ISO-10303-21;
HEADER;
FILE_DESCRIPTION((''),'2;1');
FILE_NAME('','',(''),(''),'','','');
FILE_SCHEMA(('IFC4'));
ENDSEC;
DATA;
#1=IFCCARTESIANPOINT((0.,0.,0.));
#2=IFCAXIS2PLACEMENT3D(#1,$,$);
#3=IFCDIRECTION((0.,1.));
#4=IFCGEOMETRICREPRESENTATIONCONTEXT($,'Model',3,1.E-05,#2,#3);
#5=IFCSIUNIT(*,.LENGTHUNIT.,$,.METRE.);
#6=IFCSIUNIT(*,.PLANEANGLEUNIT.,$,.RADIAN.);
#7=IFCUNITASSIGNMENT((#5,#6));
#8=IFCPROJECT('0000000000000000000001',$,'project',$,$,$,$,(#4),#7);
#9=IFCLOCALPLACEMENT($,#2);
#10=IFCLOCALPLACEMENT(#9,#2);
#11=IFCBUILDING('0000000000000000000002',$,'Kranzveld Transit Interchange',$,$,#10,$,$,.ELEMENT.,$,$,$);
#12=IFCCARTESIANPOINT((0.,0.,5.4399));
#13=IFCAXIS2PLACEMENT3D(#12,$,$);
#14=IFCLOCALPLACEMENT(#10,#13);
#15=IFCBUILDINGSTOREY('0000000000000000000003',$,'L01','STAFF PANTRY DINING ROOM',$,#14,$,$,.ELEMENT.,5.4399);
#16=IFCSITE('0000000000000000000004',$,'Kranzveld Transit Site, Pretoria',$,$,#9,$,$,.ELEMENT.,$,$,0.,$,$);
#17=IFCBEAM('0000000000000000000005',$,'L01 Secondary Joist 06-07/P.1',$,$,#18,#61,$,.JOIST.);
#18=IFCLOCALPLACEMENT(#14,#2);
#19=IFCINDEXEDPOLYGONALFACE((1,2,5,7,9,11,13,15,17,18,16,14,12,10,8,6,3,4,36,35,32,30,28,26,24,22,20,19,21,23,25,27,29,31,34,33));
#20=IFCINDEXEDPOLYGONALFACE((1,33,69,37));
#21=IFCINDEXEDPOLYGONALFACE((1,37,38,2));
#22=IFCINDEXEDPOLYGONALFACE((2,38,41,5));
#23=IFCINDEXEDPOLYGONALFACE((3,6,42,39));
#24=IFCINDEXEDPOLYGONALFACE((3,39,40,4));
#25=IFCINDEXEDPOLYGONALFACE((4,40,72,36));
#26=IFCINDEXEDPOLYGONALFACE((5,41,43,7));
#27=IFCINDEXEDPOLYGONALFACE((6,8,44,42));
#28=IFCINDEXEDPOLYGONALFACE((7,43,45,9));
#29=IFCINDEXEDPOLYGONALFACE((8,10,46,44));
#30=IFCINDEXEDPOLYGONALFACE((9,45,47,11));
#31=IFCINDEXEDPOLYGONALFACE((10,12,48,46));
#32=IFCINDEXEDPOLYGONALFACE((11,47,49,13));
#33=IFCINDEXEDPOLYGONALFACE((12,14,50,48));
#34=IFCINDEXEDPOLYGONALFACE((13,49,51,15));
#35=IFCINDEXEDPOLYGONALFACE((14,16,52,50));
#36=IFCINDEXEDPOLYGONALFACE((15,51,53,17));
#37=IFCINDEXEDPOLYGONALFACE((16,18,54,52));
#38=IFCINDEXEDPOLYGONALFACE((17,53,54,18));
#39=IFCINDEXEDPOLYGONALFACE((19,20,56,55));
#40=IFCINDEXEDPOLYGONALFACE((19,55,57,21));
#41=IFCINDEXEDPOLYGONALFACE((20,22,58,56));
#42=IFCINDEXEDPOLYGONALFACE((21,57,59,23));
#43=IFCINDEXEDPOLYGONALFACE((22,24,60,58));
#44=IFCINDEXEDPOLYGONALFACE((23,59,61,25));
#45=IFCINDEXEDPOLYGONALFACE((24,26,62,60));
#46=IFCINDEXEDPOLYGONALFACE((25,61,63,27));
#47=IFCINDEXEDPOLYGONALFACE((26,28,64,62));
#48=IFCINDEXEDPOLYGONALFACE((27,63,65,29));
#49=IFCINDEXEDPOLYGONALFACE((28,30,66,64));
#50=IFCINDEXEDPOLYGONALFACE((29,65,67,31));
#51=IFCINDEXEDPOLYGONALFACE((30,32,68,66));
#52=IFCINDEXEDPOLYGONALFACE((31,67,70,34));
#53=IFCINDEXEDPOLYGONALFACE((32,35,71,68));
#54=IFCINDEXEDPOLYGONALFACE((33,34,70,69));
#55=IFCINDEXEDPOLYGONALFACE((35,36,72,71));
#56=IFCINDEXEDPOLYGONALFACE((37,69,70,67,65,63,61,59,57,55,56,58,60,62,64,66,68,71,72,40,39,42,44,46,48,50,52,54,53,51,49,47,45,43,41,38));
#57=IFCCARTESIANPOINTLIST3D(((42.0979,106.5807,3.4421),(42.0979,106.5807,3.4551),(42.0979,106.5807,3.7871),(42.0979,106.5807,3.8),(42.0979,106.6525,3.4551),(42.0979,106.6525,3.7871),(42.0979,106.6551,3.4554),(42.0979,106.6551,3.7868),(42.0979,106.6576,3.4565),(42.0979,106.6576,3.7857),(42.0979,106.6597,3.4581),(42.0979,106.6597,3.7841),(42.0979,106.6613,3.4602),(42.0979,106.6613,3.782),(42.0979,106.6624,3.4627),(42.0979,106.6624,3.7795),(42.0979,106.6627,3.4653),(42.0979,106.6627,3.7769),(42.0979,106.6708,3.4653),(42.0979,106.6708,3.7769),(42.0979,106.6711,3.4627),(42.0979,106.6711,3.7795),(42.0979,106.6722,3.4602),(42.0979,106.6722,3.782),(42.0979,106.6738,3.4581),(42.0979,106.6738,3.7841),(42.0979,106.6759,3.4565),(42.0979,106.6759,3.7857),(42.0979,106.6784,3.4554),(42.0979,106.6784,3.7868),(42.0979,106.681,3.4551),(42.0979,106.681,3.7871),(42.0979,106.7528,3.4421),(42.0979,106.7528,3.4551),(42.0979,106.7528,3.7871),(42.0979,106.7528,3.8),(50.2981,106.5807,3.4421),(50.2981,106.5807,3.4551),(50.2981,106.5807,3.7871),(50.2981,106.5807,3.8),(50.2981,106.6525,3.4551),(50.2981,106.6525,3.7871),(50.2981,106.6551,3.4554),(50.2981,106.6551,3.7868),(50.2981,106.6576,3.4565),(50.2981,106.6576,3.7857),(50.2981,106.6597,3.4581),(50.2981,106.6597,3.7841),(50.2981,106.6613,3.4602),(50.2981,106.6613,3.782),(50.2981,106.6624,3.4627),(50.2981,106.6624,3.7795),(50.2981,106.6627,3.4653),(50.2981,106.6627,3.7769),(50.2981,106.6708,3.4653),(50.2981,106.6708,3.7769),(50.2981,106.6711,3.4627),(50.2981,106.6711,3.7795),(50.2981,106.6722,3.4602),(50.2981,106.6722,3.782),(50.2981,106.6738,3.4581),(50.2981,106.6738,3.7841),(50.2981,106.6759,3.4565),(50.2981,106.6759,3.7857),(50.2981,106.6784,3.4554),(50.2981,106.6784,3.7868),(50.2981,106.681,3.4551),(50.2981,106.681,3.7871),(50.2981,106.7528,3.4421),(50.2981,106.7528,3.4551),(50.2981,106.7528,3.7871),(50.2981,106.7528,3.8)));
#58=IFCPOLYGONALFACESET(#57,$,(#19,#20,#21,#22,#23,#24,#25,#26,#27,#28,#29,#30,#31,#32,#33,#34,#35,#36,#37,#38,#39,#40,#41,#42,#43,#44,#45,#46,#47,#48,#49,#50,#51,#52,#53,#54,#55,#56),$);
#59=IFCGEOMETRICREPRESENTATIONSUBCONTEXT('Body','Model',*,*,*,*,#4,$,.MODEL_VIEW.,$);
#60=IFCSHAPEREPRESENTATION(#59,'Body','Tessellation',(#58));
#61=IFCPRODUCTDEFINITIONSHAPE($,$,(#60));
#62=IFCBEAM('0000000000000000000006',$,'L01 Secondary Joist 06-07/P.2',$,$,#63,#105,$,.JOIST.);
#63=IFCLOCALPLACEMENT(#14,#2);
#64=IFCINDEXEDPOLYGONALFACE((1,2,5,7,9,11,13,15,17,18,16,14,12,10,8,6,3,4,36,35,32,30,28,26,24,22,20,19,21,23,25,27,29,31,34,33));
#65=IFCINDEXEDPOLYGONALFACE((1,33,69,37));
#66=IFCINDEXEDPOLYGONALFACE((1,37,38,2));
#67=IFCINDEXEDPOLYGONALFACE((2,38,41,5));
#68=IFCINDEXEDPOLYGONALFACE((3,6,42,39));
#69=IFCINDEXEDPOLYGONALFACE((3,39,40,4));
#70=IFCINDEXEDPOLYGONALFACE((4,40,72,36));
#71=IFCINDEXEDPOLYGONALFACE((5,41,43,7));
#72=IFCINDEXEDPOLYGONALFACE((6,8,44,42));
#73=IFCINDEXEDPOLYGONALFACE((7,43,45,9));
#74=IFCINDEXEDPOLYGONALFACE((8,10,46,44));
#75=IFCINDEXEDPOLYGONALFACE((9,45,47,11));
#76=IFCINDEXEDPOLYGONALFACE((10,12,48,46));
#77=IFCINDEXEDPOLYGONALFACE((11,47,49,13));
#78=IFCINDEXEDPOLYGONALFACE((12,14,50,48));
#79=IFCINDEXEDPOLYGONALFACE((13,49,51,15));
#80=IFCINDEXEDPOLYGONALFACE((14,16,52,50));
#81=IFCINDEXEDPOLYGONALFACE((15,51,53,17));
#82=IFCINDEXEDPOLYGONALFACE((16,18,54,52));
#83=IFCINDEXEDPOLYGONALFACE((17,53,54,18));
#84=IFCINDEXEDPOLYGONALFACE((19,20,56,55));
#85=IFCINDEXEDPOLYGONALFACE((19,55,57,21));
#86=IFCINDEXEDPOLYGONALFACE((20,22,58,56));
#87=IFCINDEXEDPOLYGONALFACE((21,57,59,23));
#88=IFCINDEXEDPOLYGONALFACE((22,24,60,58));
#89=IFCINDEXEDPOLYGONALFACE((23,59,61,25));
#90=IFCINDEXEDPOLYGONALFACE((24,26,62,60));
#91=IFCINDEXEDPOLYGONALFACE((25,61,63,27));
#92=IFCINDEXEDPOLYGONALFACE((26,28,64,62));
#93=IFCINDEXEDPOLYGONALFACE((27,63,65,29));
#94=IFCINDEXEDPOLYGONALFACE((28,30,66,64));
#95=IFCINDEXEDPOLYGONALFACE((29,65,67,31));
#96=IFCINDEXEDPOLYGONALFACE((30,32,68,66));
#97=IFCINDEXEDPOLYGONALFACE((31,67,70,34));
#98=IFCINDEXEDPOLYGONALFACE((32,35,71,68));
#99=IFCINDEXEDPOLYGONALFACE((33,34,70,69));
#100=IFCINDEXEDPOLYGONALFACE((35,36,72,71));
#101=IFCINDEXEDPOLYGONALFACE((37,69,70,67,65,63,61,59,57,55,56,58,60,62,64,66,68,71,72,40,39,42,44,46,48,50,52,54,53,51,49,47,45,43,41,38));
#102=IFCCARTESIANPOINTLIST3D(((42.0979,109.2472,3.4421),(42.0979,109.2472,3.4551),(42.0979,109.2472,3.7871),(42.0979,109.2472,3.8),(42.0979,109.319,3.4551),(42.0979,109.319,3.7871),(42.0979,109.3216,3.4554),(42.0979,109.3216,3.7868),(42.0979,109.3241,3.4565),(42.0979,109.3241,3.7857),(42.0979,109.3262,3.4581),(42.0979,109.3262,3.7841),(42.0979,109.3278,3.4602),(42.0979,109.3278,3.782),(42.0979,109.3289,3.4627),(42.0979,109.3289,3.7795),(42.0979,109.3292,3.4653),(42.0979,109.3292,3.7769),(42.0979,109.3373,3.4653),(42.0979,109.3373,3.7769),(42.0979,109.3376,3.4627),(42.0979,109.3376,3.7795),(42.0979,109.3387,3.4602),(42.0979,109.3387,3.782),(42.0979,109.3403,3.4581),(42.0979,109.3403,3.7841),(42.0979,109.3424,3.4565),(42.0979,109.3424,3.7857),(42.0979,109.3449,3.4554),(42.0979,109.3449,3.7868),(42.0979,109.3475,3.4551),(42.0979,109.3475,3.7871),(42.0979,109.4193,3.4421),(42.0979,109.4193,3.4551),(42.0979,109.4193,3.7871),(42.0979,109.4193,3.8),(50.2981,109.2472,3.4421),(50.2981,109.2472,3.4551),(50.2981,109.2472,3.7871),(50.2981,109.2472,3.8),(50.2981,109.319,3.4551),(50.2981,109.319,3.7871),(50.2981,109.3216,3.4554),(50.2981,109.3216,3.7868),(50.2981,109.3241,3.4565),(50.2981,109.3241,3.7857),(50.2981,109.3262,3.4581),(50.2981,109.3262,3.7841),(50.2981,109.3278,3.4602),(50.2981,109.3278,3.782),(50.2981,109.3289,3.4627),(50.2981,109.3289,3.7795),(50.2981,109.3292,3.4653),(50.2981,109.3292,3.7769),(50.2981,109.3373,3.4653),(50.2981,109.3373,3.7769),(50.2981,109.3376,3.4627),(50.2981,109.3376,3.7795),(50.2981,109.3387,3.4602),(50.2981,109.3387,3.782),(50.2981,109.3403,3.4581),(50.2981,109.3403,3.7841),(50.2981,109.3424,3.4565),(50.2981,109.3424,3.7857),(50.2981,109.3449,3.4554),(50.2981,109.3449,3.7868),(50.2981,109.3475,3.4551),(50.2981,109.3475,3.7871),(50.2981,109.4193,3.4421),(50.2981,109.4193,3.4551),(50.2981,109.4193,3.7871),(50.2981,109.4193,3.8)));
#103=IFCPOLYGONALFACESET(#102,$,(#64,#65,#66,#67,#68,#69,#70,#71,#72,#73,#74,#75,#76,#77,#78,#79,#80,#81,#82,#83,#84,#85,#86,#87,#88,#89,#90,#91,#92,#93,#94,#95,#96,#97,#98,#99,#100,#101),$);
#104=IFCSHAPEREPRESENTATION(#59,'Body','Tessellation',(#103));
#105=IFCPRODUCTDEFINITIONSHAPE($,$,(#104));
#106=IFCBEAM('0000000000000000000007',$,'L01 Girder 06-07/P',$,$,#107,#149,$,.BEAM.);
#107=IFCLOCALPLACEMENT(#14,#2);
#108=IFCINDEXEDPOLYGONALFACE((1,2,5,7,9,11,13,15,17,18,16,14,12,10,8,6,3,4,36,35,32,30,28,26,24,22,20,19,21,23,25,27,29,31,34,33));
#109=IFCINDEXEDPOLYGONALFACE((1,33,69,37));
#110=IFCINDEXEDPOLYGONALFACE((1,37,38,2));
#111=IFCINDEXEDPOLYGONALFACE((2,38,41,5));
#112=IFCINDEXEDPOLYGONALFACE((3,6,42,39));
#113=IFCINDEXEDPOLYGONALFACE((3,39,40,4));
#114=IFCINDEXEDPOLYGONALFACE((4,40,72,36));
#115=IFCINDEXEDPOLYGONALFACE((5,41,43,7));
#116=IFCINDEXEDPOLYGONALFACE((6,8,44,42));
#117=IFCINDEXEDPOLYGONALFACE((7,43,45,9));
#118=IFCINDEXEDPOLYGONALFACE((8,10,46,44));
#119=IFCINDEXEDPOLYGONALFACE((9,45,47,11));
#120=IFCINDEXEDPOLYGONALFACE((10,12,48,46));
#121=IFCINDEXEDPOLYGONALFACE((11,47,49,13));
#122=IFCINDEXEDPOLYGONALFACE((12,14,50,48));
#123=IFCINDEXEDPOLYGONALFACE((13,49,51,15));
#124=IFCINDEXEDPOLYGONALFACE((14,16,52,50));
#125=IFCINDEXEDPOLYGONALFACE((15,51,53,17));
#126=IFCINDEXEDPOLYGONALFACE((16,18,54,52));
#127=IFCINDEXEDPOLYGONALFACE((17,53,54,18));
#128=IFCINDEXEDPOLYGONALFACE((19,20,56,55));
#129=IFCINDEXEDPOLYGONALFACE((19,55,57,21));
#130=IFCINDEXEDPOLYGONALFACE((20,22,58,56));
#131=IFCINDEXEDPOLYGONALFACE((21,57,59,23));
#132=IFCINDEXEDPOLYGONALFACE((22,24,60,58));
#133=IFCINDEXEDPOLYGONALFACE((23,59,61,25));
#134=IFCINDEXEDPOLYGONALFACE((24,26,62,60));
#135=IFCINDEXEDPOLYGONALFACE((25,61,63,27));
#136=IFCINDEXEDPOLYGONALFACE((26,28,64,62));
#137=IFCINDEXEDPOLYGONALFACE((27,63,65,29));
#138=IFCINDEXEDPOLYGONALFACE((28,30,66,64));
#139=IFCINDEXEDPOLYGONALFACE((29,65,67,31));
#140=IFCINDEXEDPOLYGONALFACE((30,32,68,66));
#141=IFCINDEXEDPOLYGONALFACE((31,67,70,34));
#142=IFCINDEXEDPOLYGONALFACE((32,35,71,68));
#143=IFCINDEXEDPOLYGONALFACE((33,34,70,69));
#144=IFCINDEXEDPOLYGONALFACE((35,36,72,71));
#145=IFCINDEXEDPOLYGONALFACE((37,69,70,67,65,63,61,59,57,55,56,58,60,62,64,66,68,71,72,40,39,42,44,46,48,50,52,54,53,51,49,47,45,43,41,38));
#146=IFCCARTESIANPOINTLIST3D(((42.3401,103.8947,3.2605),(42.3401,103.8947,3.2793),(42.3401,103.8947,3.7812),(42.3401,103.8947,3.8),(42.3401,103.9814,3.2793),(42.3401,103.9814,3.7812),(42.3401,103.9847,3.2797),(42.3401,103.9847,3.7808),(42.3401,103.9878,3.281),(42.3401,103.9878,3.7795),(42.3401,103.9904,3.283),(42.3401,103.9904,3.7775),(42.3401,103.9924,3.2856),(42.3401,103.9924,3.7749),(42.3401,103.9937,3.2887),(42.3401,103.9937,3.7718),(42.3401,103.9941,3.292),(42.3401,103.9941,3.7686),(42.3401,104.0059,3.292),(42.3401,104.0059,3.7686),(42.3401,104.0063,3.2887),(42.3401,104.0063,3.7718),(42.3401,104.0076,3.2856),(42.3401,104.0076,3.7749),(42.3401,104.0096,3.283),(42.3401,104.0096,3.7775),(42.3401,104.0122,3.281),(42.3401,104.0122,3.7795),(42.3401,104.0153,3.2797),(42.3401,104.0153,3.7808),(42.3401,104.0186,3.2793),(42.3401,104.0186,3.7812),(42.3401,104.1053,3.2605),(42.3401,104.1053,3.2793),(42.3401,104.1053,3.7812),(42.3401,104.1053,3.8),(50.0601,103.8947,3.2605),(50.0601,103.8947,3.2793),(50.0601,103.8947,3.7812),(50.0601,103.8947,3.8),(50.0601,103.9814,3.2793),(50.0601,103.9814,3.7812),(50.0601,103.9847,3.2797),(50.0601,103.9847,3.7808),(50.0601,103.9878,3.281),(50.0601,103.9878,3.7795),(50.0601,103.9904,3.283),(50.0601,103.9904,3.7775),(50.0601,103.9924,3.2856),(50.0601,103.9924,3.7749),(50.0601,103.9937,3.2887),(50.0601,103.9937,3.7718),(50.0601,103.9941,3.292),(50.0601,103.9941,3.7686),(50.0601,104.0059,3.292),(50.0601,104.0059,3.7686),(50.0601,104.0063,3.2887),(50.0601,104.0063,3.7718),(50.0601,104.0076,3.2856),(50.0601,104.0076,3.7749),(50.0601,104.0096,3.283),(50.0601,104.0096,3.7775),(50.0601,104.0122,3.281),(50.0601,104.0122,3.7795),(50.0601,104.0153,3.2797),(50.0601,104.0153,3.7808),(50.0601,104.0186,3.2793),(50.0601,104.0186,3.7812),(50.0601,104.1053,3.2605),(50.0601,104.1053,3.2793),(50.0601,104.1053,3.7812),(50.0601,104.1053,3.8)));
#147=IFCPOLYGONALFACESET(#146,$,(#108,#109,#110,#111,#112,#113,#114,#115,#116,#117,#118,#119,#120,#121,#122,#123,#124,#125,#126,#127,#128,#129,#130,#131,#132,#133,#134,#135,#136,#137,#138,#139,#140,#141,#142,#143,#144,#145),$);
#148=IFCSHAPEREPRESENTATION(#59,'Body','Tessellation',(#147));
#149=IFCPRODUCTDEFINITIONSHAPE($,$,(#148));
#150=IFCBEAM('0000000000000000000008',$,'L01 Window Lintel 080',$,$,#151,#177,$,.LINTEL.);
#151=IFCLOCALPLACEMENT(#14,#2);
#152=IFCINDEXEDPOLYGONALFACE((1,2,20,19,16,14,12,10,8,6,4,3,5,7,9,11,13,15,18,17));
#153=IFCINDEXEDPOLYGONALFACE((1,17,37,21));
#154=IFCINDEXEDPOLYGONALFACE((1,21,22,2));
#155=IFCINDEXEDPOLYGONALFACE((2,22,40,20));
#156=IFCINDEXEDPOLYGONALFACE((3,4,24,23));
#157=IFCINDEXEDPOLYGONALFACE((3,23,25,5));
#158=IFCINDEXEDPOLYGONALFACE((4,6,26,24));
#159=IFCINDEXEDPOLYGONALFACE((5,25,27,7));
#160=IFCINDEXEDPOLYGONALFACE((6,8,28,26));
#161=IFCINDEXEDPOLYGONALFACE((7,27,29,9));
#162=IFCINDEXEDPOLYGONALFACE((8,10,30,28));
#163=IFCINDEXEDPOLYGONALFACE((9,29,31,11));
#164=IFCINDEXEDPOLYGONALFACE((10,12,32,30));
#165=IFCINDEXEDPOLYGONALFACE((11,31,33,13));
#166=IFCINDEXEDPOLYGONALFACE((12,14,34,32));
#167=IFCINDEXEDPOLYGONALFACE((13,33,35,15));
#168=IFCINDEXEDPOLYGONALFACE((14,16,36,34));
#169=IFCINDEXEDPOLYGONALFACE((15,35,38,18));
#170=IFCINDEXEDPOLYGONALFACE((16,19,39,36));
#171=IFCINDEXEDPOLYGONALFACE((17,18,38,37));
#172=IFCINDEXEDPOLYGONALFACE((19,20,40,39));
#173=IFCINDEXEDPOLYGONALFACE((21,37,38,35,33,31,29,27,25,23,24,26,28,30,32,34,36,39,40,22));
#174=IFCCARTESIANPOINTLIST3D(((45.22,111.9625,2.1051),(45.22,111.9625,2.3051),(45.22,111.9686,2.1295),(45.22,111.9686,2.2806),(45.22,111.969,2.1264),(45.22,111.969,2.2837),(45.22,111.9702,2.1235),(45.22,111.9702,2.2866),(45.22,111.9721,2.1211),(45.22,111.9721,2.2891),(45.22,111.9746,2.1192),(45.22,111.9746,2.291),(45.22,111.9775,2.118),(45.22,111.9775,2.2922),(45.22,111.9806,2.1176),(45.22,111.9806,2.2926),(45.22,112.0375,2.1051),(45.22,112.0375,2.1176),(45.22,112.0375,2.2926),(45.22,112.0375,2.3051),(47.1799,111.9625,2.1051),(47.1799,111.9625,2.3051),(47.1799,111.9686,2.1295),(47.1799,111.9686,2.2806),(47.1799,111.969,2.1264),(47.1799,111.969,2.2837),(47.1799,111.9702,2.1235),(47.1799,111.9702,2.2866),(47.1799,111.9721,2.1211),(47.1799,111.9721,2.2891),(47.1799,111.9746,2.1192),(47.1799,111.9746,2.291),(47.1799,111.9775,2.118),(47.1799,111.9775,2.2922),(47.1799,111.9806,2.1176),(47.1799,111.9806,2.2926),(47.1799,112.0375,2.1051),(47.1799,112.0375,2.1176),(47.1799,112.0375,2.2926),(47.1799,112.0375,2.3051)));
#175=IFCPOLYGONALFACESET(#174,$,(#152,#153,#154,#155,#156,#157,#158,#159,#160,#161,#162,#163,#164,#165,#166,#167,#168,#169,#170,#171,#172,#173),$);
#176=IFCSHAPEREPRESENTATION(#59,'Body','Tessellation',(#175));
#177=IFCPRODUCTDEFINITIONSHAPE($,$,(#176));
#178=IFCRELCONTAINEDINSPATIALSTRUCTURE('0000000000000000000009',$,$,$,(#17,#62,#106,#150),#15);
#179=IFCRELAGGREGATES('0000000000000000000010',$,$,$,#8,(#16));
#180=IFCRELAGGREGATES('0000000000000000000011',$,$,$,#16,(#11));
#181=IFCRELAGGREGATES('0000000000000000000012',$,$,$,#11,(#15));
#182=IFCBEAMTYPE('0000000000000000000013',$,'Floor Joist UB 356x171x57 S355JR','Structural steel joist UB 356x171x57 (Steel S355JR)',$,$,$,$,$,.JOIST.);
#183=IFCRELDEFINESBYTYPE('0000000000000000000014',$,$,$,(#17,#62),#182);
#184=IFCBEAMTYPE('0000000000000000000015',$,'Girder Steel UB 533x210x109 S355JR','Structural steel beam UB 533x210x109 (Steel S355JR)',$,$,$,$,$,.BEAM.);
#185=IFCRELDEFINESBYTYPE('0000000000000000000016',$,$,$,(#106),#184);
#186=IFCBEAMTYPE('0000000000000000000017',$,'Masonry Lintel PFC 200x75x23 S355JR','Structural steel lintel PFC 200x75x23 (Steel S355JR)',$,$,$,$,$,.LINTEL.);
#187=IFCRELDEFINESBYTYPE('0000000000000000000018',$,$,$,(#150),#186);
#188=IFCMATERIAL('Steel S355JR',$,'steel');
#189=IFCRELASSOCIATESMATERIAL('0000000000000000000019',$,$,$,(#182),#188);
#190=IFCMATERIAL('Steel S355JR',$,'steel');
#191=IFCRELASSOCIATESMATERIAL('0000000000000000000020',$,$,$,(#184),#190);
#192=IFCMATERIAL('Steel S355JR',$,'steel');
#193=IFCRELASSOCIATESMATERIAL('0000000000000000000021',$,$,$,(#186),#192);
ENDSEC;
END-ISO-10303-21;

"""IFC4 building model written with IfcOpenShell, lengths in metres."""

from ifc_helpers import new_model, si_unit, direction, frame, origin, origin_2d, place, context, subcontext, project, spatial, i_section, u_section, extrude, material, material_profile, profile_set, type_object, element, save


model = new_model("IFC4")

# Units and contexts
model_context = context("Model", 3, precision=1e-05, world=origin(), true_north=direction((0.0, 1.0)))
body_context = subcontext(model_context, "Body", "Model", "MODEL_VIEW")
ifc_project = project(units=[si_unit("LENGTHUNIT", "METRE"), si_unit("PLANEANGLEUNIT", "RADIAN")], contexts=[model_context])

# Site, building, storey
site_placement = place(None, origin())
site = spatial("IfcSite", under=ifc_project, at=site_placement, Name="Kranzveld Transit Site, Pretoria", CompositionType="ELEMENT", RefElevation=0.0)
building_placement = place(site_placement, origin())
building = spatial("IfcBuilding", under=site, at=building_placement, Name="Kranzveld Transit Interchange", CompositionType="ELEMENT")
storey_placement = place(building_placement, frame((0.0, 0.0, 5.4399)))
storey = spatial("IfcBuildingStorey", under=building, at=storey_placement, Name="L01", Description="STAFF PANTRY DINING ROOM", CompositionType="ELEMENT", Elevation=5.4399)

# Beams
ifc_material_1 = material(Name="Steel S355JR", Category="steel")
ifc_material_profile_1 = material_profile(ifc_material_1, i_section(OverallWidth=0.1721, OverallDepth=0.3579, WebThickness=0.0081, FlangeThickness=0.0129, FilletRadius=0.0103, at=origin_2d()), Name="UB 356x171x57")
ifc_profile_set_1 = profile_set([ifc_material_profile_1], Name="Steel S355JR")
beam_type_1 = type_object("IfcBeamType", Name="Floor Joist UB 356x171x57 S355JR", Description="Structural steel joist UB 356x171x57 (Steel S355JR)", PredefinedType="JOIST", material=ifc_profile_set_1)
for number, where, z_axis, x_axis, name in (
    (1, (42.0979, 106.6667, 3.6211), (1.0, 0.0, 0.0), (0.0, 1.0, 0.0), "L01 Secondary Joist 06-07/P.1"),
    (2, (42.0979, 109.3333, 3.6211), (1.0, 0.0, 0.0), (0.0, 1.0, 0.0), "L01 Secondary Joist 06-07/P.2"),
):
    element("IfcBeam", number, at=place(storey_placement, frame(where, z_axis=z_axis, x_axis=x_axis)), inside=storey, type_object=beam_type_1, Name=name, PredefinedType="JOIST", context=body_context, shape_type="SweptSolid", body=[
        extrude(i_section(OverallWidth=0.1721, OverallDepth=0.3579, WebThickness=0.0081, FlangeThickness=0.0129, FilletRadius=0.0103, at=origin_2d()), origin(), (0.0, 0.0, 1.0), 8.2002),
    ])
ifc_material_2 = material(Name="Steel S355JR", Category="steel")
ifc_material_profile_2 = material_profile(ifc_material_2, i_section(OverallWidth=0.2107, OverallDepth=0.5396, WebThickness=0.0117, FlangeThickness=0.0188, FilletRadius=0.0127, at=origin_2d()), Name="UB 533x210x109")
ifc_profile_set_2 = profile_set([ifc_material_profile_2], Name="Steel S355JR")
beam_type_2 = type_object("IfcBeamType", Name="Girder Steel UB 533x210x109 S355JR", Description="Structural steel beam UB 533x210x109 (Steel S355JR)", PredefinedType="BEAM", material=ifc_profile_set_2)
beam_1_placement = place(storey_placement, frame((42.3401, 104.0, 3.5303), z_axis=(1.0, 0.0, 0.0), x_axis=(0.0, 1.0, 0.0)))
element("IfcBeam", 3, at=beam_1_placement, inside=storey, type_object=beam_type_2, Name="L01 Girder 06-07/P", PredefinedType="BEAM", context=body_context, shape_type="SweptSolid", body=[
    extrude(i_section(OverallWidth=0.2107, OverallDepth=0.5396, WebThickness=0.0117, FlangeThickness=0.0188, FilletRadius=0.0127, at=origin_2d()), origin(), (0.0, 0.0, 1.0), 7.72),
])
ifc_material_3 = material(Name="Steel S355JR", Category="steel")
ifc_material_profile_3 = material_profile(ifc_material_3, u_section(Depth=0.2, FlangeWidth=0.075, WebThickness=0.0061, FlangeThickness=0.0125, FilletRadius=0.012, at=origin_2d()), Name="PFC 200x75x23")
ifc_profile_set_3 = profile_set([ifc_material_profile_3], Name="Steel S355JR")
beam_type_3 = type_object("IfcBeamType", Name="Masonry Lintel PFC 200x75x23 S355JR", Description="Structural steel lintel PFC 200x75x23 (Steel S355JR)", PredefinedType="LINTEL", material=ifc_profile_set_3)
beam_2_placement = place(storey_placement, frame((45.22, 112.0, 2.2051), z_axis=(1.0, 0.0, 0.0), x_axis=(0.0, 1.0, 0.0)))
element("IfcBeam", 4, at=beam_2_placement, inside=storey, type_object=beam_type_3, Name="L01 Window Lintel 080", PredefinedType="LINTEL", context=body_context, shape_type="SweptSolid", body=[
    extrude(u_section(Depth=0.2, FlangeWidth=0.075, WebThickness=0.0061, FlangeThickness=0.0125, FilletRadius=0.012, at=origin_2d()), origin(), (0.0, 0.0, 1.0), 1.96),
])

save(model, "model.ifc")
